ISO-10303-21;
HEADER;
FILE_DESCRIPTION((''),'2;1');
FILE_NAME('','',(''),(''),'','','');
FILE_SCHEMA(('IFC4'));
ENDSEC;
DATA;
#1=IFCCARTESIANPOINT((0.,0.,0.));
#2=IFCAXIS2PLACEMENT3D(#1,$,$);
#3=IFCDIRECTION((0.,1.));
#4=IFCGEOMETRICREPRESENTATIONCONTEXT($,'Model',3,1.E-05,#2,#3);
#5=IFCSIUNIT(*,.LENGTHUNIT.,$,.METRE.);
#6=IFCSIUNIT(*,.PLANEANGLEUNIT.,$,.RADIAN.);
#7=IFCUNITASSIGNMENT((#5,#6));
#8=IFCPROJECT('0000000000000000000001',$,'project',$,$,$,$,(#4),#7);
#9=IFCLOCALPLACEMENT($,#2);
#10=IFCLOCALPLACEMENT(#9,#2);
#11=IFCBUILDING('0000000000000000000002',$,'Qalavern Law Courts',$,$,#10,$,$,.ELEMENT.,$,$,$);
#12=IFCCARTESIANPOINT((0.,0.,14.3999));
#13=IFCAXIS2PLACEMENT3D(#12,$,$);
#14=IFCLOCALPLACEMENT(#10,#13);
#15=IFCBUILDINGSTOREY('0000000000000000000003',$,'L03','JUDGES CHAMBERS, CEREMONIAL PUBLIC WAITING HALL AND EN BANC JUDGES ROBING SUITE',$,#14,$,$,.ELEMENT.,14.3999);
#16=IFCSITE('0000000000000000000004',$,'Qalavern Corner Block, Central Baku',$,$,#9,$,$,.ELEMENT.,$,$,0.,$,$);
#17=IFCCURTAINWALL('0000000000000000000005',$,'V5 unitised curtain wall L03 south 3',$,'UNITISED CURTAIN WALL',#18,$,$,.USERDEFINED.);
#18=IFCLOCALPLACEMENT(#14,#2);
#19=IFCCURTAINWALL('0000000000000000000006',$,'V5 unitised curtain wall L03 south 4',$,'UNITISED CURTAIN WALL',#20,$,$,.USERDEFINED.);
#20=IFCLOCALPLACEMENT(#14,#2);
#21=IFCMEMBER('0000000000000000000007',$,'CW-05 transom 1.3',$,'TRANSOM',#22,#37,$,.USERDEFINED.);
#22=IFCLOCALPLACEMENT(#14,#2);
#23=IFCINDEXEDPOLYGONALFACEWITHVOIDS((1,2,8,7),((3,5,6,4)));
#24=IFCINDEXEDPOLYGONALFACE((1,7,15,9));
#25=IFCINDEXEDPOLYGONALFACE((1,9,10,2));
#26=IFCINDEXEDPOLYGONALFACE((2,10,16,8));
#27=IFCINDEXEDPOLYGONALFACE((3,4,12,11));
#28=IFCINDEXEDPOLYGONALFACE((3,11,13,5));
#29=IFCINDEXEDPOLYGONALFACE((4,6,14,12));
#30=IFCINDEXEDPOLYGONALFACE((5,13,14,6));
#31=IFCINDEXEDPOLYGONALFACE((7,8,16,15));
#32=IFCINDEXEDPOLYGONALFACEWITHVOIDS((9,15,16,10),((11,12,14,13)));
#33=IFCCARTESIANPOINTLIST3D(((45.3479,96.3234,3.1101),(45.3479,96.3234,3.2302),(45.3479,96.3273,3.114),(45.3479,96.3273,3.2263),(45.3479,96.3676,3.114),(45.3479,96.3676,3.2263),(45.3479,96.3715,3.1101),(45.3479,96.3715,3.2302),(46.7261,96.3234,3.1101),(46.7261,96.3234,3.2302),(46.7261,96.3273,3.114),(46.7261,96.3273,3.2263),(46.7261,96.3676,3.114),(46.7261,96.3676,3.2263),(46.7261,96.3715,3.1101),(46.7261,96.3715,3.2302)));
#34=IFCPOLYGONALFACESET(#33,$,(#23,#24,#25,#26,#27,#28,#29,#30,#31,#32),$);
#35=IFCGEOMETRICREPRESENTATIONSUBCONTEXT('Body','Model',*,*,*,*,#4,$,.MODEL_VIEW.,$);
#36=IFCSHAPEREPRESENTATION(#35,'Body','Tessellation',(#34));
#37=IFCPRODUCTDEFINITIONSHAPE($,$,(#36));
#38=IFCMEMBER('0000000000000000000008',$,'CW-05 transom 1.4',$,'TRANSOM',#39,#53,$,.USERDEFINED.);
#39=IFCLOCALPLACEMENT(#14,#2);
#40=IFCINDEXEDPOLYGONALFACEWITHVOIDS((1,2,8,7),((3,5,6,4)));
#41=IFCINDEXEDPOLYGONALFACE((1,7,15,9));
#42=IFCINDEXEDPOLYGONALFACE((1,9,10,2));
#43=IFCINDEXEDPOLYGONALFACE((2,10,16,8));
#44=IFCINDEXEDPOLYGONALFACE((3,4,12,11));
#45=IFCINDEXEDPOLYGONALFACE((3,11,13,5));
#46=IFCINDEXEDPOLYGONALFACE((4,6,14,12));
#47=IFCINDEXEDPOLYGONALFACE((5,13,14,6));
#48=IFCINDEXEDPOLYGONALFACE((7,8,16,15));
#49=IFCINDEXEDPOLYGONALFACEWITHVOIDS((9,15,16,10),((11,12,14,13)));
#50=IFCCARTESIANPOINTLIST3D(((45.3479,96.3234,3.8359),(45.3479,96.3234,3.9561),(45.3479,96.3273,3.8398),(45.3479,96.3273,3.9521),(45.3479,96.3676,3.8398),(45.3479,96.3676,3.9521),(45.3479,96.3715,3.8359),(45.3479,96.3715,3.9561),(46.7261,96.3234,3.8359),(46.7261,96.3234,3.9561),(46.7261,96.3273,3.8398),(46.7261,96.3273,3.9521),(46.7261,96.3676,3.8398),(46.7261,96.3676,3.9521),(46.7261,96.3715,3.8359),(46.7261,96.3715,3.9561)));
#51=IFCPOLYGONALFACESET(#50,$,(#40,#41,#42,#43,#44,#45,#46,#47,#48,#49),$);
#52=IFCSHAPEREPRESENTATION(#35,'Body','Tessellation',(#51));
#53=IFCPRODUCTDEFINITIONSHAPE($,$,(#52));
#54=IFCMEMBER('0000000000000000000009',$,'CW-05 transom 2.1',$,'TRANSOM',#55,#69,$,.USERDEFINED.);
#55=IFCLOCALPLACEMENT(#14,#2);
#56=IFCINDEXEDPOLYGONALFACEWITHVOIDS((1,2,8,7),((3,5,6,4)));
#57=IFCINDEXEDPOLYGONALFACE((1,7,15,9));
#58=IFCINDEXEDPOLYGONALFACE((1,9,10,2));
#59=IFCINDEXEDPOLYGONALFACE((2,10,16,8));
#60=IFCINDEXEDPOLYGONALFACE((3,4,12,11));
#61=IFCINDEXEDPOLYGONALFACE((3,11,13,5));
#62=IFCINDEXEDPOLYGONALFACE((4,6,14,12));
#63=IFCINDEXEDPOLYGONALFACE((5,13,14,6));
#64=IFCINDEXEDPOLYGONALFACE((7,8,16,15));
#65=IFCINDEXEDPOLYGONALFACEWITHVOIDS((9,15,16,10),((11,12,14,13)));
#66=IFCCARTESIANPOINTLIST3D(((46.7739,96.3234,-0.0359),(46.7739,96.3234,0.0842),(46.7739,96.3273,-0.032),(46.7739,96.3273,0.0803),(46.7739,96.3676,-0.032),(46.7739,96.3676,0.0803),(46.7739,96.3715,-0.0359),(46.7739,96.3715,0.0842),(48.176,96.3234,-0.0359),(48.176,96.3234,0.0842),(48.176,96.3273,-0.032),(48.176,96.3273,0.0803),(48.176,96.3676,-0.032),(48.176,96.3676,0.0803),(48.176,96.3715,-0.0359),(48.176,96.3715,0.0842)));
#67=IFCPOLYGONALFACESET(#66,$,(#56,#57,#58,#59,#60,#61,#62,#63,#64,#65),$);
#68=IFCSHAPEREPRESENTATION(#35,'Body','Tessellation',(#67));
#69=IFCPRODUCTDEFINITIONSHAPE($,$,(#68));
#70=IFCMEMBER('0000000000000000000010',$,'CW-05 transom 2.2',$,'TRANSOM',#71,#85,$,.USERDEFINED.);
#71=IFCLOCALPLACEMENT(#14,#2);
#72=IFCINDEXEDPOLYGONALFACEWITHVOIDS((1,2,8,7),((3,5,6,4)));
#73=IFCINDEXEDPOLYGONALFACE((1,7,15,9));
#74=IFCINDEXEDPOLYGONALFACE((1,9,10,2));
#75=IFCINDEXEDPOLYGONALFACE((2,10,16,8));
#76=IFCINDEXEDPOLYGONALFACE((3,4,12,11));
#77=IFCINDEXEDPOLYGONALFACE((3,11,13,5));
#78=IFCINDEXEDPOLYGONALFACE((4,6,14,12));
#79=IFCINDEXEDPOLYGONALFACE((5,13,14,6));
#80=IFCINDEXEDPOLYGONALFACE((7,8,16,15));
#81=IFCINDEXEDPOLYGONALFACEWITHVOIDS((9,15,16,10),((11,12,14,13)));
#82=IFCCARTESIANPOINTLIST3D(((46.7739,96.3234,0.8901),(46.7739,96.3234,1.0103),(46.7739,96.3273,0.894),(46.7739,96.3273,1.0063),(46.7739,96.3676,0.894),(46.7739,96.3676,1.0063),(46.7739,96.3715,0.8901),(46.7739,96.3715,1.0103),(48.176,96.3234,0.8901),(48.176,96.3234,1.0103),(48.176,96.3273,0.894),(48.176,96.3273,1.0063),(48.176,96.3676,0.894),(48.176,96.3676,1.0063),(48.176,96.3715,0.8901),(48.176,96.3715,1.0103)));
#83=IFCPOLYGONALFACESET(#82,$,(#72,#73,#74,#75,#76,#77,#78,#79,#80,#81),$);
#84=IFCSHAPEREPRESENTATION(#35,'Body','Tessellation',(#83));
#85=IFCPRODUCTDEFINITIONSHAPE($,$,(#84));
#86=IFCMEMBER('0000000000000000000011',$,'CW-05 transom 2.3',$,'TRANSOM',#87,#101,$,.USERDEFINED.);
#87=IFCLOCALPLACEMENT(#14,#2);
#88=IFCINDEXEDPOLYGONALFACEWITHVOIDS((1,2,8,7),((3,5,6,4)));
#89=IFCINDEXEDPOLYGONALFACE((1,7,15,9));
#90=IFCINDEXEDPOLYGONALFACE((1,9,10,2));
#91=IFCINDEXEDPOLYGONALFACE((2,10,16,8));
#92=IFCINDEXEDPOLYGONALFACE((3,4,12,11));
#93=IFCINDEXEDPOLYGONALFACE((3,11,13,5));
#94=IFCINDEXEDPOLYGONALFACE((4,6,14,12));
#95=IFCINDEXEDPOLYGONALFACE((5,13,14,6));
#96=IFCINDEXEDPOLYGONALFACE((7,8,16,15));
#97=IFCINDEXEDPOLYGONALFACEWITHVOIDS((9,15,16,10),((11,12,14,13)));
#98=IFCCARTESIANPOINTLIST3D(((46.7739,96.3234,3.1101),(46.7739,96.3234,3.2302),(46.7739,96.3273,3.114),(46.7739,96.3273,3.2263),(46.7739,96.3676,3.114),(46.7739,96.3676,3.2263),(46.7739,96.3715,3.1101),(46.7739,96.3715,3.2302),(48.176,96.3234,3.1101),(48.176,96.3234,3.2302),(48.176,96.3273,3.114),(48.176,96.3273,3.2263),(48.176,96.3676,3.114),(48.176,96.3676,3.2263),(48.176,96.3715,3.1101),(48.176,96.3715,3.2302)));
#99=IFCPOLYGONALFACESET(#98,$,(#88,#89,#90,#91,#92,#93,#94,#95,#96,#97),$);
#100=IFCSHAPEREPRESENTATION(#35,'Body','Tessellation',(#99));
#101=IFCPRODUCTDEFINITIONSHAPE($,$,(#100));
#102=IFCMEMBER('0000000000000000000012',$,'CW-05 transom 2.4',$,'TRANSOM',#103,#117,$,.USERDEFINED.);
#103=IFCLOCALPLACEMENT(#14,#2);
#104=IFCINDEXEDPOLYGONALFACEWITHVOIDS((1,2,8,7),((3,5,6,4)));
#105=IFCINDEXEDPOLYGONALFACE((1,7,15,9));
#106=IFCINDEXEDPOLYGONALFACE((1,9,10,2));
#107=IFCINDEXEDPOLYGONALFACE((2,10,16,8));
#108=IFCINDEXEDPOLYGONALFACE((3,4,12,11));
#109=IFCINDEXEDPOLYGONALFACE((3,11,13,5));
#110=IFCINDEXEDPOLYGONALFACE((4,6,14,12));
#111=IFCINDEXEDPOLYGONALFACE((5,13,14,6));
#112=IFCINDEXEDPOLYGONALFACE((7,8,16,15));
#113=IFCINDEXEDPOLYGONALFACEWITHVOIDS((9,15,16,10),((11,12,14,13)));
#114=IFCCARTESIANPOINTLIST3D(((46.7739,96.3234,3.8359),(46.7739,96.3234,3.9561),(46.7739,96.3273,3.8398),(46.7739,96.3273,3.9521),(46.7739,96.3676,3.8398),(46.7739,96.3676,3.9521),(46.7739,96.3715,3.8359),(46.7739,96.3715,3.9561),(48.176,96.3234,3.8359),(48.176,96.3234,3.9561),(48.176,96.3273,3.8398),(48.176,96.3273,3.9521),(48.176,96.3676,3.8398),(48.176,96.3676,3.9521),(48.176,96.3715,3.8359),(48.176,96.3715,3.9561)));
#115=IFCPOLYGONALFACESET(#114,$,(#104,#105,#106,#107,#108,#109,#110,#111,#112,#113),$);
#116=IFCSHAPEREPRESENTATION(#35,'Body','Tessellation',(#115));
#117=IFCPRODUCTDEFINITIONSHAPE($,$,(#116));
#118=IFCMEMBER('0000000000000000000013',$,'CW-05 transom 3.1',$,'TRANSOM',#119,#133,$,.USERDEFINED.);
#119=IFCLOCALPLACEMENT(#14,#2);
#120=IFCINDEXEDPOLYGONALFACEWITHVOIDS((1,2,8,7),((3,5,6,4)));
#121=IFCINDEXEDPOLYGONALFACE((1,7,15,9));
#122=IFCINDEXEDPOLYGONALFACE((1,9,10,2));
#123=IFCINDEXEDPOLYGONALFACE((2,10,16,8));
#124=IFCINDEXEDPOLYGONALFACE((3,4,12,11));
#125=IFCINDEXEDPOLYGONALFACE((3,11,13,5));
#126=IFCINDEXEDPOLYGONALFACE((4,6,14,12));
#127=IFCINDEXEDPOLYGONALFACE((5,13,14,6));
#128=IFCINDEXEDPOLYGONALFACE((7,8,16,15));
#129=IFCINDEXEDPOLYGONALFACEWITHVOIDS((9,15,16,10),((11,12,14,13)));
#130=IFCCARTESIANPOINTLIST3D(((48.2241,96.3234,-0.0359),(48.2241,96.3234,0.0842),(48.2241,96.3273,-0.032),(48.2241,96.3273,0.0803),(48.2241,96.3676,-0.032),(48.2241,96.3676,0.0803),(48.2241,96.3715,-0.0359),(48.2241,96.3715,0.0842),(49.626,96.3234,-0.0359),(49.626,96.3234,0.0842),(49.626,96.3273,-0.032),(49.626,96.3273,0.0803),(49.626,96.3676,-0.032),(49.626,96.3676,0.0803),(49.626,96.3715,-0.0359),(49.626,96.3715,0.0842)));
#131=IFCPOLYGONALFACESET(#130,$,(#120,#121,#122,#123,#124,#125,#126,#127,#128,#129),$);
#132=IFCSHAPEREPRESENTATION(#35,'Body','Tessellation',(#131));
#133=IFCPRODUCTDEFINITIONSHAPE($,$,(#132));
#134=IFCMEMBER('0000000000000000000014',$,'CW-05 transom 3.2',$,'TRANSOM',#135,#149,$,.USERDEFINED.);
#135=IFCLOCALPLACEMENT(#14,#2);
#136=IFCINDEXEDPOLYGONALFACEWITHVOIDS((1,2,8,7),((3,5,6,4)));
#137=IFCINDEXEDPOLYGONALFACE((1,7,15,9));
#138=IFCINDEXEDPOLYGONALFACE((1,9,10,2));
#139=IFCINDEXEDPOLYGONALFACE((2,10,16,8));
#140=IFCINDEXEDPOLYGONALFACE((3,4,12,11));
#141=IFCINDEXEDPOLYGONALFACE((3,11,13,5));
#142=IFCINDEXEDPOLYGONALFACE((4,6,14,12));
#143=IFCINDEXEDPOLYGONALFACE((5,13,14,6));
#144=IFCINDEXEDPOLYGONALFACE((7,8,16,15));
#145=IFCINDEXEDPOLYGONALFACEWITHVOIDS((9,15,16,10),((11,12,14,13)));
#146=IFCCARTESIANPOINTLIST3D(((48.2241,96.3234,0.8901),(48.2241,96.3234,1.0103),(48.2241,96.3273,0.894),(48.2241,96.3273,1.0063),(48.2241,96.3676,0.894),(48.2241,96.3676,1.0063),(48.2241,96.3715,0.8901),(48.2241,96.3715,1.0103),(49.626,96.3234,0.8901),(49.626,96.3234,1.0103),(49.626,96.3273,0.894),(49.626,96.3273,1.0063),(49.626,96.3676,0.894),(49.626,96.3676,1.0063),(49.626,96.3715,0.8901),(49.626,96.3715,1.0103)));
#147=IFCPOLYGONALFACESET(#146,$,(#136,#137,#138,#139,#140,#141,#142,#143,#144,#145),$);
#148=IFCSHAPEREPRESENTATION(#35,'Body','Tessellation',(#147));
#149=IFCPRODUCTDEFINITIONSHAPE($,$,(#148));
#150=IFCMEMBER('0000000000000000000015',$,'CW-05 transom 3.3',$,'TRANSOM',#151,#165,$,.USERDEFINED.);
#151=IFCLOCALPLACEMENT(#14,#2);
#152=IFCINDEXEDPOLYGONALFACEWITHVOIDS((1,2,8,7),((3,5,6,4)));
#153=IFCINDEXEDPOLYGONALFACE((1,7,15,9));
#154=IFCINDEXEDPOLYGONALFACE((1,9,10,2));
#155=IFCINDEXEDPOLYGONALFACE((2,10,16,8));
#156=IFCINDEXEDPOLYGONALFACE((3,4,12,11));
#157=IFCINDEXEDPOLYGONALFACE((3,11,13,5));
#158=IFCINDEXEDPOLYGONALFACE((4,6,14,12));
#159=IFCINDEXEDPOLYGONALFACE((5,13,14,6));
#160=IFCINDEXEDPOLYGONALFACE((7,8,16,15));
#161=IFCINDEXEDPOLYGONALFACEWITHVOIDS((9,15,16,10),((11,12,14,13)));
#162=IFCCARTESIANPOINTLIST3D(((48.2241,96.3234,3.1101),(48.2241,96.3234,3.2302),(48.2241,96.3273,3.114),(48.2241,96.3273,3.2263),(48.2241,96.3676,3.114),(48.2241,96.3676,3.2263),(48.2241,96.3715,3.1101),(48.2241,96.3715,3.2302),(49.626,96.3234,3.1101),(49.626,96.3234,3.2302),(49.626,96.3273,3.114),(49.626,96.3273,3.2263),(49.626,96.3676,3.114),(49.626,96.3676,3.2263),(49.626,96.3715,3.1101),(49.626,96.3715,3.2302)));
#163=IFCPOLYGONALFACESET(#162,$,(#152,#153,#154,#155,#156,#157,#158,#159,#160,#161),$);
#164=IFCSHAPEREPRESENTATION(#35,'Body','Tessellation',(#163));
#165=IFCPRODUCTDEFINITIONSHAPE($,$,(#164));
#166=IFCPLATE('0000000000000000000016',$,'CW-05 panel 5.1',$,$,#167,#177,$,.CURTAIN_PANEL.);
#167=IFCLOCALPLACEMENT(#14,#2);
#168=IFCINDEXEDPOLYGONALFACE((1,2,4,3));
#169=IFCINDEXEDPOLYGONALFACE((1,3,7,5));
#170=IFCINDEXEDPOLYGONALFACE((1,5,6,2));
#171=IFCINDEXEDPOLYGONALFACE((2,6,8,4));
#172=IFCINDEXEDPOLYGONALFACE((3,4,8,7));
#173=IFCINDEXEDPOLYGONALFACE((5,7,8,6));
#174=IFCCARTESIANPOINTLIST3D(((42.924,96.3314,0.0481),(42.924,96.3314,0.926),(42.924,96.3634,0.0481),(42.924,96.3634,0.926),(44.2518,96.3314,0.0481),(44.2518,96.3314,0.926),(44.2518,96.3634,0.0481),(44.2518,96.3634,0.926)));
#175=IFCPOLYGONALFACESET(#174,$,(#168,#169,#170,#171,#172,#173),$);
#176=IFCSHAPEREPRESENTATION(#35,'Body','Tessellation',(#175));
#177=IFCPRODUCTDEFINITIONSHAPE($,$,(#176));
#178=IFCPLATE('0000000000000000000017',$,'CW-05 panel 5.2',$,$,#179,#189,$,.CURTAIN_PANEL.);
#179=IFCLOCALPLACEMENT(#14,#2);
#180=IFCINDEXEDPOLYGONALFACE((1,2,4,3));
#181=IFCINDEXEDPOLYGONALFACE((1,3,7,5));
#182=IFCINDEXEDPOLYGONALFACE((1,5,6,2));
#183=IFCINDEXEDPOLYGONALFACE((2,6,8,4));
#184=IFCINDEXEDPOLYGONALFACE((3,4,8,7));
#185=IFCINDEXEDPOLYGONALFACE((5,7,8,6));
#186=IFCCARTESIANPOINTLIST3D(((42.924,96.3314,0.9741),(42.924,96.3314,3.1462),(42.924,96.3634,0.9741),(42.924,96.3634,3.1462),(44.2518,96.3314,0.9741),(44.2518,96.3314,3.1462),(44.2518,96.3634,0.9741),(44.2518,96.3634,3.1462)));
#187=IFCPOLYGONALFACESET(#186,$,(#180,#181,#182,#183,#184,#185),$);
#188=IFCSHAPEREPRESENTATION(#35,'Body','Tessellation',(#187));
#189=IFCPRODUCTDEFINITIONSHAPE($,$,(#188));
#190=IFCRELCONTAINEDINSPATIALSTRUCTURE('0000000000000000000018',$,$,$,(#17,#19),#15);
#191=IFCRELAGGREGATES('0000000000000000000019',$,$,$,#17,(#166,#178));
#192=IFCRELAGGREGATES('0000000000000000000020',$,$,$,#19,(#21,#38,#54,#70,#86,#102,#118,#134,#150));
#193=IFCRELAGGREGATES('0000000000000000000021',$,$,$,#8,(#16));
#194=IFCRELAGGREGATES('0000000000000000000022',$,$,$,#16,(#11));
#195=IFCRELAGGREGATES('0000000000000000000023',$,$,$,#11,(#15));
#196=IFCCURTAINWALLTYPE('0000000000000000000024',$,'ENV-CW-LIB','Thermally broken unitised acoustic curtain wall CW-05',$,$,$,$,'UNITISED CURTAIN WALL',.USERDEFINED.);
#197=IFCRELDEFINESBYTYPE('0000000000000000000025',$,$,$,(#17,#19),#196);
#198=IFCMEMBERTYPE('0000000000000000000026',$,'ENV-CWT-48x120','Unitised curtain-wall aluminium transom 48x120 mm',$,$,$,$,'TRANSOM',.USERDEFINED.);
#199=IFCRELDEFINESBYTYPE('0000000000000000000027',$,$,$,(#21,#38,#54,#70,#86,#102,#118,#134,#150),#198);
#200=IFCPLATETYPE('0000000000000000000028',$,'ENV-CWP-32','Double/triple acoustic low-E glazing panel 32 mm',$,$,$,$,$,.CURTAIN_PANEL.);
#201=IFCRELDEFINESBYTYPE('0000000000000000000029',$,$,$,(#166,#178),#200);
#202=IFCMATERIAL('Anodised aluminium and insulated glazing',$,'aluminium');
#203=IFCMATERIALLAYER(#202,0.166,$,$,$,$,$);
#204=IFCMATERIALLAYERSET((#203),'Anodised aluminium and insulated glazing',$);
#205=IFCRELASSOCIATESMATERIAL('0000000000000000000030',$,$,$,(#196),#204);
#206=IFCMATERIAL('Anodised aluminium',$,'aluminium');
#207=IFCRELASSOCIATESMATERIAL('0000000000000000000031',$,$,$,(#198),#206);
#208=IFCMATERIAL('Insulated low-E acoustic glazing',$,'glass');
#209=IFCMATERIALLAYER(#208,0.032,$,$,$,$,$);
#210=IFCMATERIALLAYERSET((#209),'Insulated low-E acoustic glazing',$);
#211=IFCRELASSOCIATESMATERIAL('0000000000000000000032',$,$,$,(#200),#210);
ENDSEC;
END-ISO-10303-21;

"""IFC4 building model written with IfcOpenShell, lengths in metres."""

from ifc_helpers import new_model, si_unit, direction, frame, origin, origin_2d, place, context, subcontext, project, spatial, rectangle, hollow_rectangle, extrude, material, layer, layer_set, material_profile, profile_set, type_object, element, aggregate, save


model = new_model("IFC4")

# Units and contexts
model_context = context("Model", 3, precision=1e-05, world=origin(), true_north=direction((0.0, 1.0)))
body_context = subcontext(model_context, "Body", "Model", "MODEL_VIEW")
ifc_project = project(units=[si_unit("LENGTHUNIT", "METRE"), si_unit("PLANEANGLEUNIT", "RADIAN")], contexts=[model_context])

# Site, building, storey
site_placement = place(None, origin())
site = spatial("IfcSite", under=ifc_project, at=site_placement, Name="Qalavern Corner Block, Central Baku", CompositionType="ELEMENT", RefElevation=0.0)
building_placement = place(site_placement, origin())
building = spatial("IfcBuilding", under=site, at=building_placement, Name="Qalavern Law Courts", CompositionType="ELEMENT")
storey_placement = place(building_placement, frame((0.0, 0.0, 14.3999)))
storey = spatial("IfcBuildingStorey", under=building, at=storey_placement, Name="L03", Description="JUDGES CHAMBERS, CEREMONIAL PUBLIC WAITING HALL AND EN BANC JUDGES ROBING SUITE", CompositionType="ELEMENT", Elevation=14.3999)

# Curtain walls
ifc_material_1 = material(Name="Anodised aluminium and insulated glazing", Category="aluminium")
ifc_layer_1 = layer(ifc_material_1, 0.166)
ifc_layer_set_1 = layer_set([ifc_layer_1], Name="Anodised aluminium and insulated glazing")
curtain_wall_type = type_object("IfcCurtainWallType", Name="ENV-CW-LIB", Description="Thermally broken unitised acoustic curtain wall CW-05", ElementType="UNITISED CURTAIN WALL", PredefinedType="USERDEFINED", material=ifc_layer_set_1)
curtain_wall_1_placement = place(storey_placement, origin())
curtain_wall_1 = element("IfcCurtainWall", 1, at=curtain_wall_1_placement, inside=storey, type_object=curtain_wall_type, Name="V5 unitised curtain wall L03 south 3", ObjectType="UNITISED CURTAIN WALL", PredefinedType="USERDEFINED")
ifc_material_2 = material(Name="Anodised aluminium", Category="aluminium")
curtain_wall_2_placement = place(storey_placement, origin())
curtain_wall_2 = element("IfcCurtainWall", 2, at=curtain_wall_2_placement, inside=storey, type_object=curtain_wall_type, Name="V5 unitised curtain wall L03 south 4", ObjectType="UNITISED CURTAIN WALL", PredefinedType="USERDEFINED")

# Members
ifc_material_profile_1 = material_profile(ifc_material_2, hollow_rectangle(XDim=0.0481, YDim=0.1201, WallThickness=0.0039, at=origin_2d()), Name="ALU TRANSOM 48x120")
ifc_profile_set_1 = profile_set([ifc_material_profile_1], Name="Anodised aluminium")
member_type_1 = type_object("IfcMemberType", Name="ENV-CWT-48x120", Description="Unitised curtain-wall aluminium transom 48x120 mm", ElementType="TRANSOM", PredefinedType="USERDEFINED", material=ifc_profile_set_1)
member_1_placement = place(storey_placement, frame((45.3479, 96.3474, 3.1702), z_axis=(1.0, 0.0, 0.0), x_axis=(0.0, 1.0, 0.0)))
member_1 = element("IfcMember", 3, at=member_1_placement, type_object=member_type_1, Name="CW-05 transom 1.3", ObjectType="TRANSOM", PredefinedType="USERDEFINED", context=body_context, shape_type="SweptSolid", body=[
    extrude(hollow_rectangle(XDim=0.0481, YDim=0.1201, WallThickness=0.0039, at=origin_2d()), origin(), (0.0, 0.0, 1.0), 1.3782),
])
member_2_placement = place(storey_placement, frame((45.3479, 96.3474, 3.896), z_axis=(1.0, 0.0, 0.0), x_axis=(0.0, 1.0, 0.0)))
member_2 = element("IfcMember", 4, at=member_2_placement, type_object=member_type_1, Name="CW-05 transom 1.4", ObjectType="TRANSOM", PredefinedType="USERDEFINED", context=body_context, shape_type="SweptSolid", body=[
    extrude(hollow_rectangle(XDim=0.0481, YDim=0.1201, WallThickness=0.0039, at=origin_2d()), origin(), (0.0, 0.0, 1.0), 1.3782),
])
member_3_placement = place(storey_placement, frame((46.7739, 96.3474, 0.0242), z_axis=(1.0, 0.0, 0.0), x_axis=(0.0, 1.0, 0.0)))
member_3 = element("IfcMember", 5, at=member_3_placement, type_object=member_type_1, Name="CW-05 transom 2.1", ObjectType="TRANSOM", PredefinedType="USERDEFINED", context=body_context, shape_type="SweptSolid", body=[
    extrude(hollow_rectangle(XDim=0.0481, YDim=0.1201, WallThickness=0.0039, at=origin_2d()), origin(), (0.0, 0.0, 1.0), 1.4021),
])
member_4_placement = place(storey_placement, frame((46.7739, 96.3474, 0.9502), z_axis=(1.0, 0.0, 0.0), x_axis=(0.0, 1.0, 0.0)))
member_4 = element("IfcMember", 6, at=member_4_placement, type_object=member_type_1, Name="CW-05 transom 2.2", ObjectType="TRANSOM", PredefinedType="USERDEFINED", context=body_context, shape_type="SweptSolid", body=[
    extrude(hollow_rectangle(XDim=0.0481, YDim=0.1201, WallThickness=0.0039, at=origin_2d()), origin(), (0.0, 0.0, 1.0), 1.4021),
])
member_5_placement = place(storey_placement, frame((46.7739, 96.3474, 3.1702), z_axis=(1.0, 0.0, 0.0), x_axis=(0.0, 1.0, 0.0)))
member_5 = element("IfcMember", 7, at=member_5_placement, type_object=member_type_1, Name="CW-05 transom 2.3", ObjectType="TRANSOM", PredefinedType="USERDEFINED", context=body_context, shape_type="SweptSolid", body=[
    extrude(hollow_rectangle(XDim=0.0481, YDim=0.1201, WallThickness=0.0039, at=origin_2d()), origin(), (0.0, 0.0, 1.0), 1.4021),
])
member_6_placement = place(storey_placement, frame((46.7739, 96.3474, 3.896), z_axis=(1.0, 0.0, 0.0), x_axis=(0.0, 1.0, 0.0)))
member_6 = element("IfcMember", 8, at=member_6_placement, type_object=member_type_1, Name="CW-05 transom 2.4", ObjectType="TRANSOM", PredefinedType="USERDEFINED", context=body_context, shape_type="SweptSolid", body=[
    extrude(hollow_rectangle(XDim=0.0481, YDim=0.1201, WallThickness=0.0039, at=origin_2d()), origin(), (0.0, 0.0, 1.0), 1.4021),
])
member_7_placement = place(storey_placement, frame((48.2241, 96.3474, 0.0242), z_axis=(1.0, 0.0, 0.0), x_axis=(0.0, 1.0, 0.0)))
member_7 = element("IfcMember", 9, at=member_7_placement, type_object=member_type_1, Name="CW-05 transom 3.1", ObjectType="TRANSOM", PredefinedType="USERDEFINED", context=body_context, shape_type="SweptSolid", body=[
    extrude(hollow_rectangle(XDim=0.0481, YDim=0.1201, WallThickness=0.0039, at=origin_2d()), origin(), (0.0, 0.0, 1.0), 1.4019),
])
member_8_placement = place(storey_placement, frame((48.2241, 96.3474, 0.9502), z_axis=(1.0, 0.0, 0.0), x_axis=(0.0, 1.0, 0.0)))
member_8 = element("IfcMember", 10, at=member_8_placement, type_object=member_type_1, Name="CW-05 transom 3.2", ObjectType="TRANSOM", PredefinedType="USERDEFINED", context=body_context, shape_type="SweptSolid", body=[
    extrude(hollow_rectangle(XDim=0.0481, YDim=0.1201, WallThickness=0.0039, at=origin_2d()), origin(), (0.0, 0.0, 1.0), 1.4019),
])
member_9_placement = place(storey_placement, frame((48.2241, 96.3474, 3.1702), z_axis=(1.0, 0.0, 0.0), x_axis=(0.0, 1.0, 0.0)))
member_9 = element("IfcMember", 11, at=member_9_placement, type_object=member_type_1, Name="CW-05 transom 3.3", ObjectType="TRANSOM", PredefinedType="USERDEFINED", context=body_context, shape_type="SweptSolid", body=[
    extrude(hollow_rectangle(XDim=0.0481, YDim=0.1201, WallThickness=0.0039, at=origin_2d()), origin(), (0.0, 0.0, 1.0), 1.4019),
])

# Plates
ifc_material_3 = material(Name="Insulated low-E acoustic glazing", Category="glass")
ifc_layer_2 = layer(ifc_material_3, 0.032)
ifc_layer_set_2 = layer_set([ifc_layer_2], Name="Insulated low-E acoustic glazing")
plate_type_1 = type_object("IfcPlateType", Name="ENV-CWP-32", Description="Double/triple acoustic low-E glazing panel 32 mm", PredefinedType="CURTAIN_PANEL", material=ifc_layer_set_2)
plate_1_placement = place(storey_placement, frame((43.5879, 96.3474, 0.0481), z_axis=(0.0, 0.0, 1.0), x_axis=(1.0, 0.0, 0.0)))
plate_1 = element("IfcPlate", 12, at=plate_1_placement, type_object=plate_type_1, Name="CW-05 panel 5.1", PredefinedType="CURTAIN_PANEL", context=body_context, shape_type="SweptSolid", body=[
    extrude(rectangle(XDim=1.3279, YDim=0.032, at=origin_2d()), origin(), (0.0, 0.0, 1.0), 0.8779),
])
plate_2_placement = place(storey_placement, frame((43.5879, 96.3474, 0.9741), z_axis=(0.0, 0.0, 1.0), x_axis=(1.0, 0.0, 0.0)))
plate_2 = element("IfcPlate", 13, at=plate_2_placement, type_object=plate_type_1, Name="CW-05 panel 5.2", PredefinedType="CURTAIN_PANEL", context=body_context, shape_type="SweptSolid", body=[
    extrude(rectangle(XDim=1.3279, YDim=0.032, at=origin_2d()), origin(), (0.0, 0.0, 1.0), 2.1721),
])
aggregate(curtain_wall_1, [plate_1, plate_2])
aggregate(curtain_wall_2, [member_1, member_2, member_3, member_4, member_5, member_6, member_7, member_8, member_9])

save(model, "model.ifc")
